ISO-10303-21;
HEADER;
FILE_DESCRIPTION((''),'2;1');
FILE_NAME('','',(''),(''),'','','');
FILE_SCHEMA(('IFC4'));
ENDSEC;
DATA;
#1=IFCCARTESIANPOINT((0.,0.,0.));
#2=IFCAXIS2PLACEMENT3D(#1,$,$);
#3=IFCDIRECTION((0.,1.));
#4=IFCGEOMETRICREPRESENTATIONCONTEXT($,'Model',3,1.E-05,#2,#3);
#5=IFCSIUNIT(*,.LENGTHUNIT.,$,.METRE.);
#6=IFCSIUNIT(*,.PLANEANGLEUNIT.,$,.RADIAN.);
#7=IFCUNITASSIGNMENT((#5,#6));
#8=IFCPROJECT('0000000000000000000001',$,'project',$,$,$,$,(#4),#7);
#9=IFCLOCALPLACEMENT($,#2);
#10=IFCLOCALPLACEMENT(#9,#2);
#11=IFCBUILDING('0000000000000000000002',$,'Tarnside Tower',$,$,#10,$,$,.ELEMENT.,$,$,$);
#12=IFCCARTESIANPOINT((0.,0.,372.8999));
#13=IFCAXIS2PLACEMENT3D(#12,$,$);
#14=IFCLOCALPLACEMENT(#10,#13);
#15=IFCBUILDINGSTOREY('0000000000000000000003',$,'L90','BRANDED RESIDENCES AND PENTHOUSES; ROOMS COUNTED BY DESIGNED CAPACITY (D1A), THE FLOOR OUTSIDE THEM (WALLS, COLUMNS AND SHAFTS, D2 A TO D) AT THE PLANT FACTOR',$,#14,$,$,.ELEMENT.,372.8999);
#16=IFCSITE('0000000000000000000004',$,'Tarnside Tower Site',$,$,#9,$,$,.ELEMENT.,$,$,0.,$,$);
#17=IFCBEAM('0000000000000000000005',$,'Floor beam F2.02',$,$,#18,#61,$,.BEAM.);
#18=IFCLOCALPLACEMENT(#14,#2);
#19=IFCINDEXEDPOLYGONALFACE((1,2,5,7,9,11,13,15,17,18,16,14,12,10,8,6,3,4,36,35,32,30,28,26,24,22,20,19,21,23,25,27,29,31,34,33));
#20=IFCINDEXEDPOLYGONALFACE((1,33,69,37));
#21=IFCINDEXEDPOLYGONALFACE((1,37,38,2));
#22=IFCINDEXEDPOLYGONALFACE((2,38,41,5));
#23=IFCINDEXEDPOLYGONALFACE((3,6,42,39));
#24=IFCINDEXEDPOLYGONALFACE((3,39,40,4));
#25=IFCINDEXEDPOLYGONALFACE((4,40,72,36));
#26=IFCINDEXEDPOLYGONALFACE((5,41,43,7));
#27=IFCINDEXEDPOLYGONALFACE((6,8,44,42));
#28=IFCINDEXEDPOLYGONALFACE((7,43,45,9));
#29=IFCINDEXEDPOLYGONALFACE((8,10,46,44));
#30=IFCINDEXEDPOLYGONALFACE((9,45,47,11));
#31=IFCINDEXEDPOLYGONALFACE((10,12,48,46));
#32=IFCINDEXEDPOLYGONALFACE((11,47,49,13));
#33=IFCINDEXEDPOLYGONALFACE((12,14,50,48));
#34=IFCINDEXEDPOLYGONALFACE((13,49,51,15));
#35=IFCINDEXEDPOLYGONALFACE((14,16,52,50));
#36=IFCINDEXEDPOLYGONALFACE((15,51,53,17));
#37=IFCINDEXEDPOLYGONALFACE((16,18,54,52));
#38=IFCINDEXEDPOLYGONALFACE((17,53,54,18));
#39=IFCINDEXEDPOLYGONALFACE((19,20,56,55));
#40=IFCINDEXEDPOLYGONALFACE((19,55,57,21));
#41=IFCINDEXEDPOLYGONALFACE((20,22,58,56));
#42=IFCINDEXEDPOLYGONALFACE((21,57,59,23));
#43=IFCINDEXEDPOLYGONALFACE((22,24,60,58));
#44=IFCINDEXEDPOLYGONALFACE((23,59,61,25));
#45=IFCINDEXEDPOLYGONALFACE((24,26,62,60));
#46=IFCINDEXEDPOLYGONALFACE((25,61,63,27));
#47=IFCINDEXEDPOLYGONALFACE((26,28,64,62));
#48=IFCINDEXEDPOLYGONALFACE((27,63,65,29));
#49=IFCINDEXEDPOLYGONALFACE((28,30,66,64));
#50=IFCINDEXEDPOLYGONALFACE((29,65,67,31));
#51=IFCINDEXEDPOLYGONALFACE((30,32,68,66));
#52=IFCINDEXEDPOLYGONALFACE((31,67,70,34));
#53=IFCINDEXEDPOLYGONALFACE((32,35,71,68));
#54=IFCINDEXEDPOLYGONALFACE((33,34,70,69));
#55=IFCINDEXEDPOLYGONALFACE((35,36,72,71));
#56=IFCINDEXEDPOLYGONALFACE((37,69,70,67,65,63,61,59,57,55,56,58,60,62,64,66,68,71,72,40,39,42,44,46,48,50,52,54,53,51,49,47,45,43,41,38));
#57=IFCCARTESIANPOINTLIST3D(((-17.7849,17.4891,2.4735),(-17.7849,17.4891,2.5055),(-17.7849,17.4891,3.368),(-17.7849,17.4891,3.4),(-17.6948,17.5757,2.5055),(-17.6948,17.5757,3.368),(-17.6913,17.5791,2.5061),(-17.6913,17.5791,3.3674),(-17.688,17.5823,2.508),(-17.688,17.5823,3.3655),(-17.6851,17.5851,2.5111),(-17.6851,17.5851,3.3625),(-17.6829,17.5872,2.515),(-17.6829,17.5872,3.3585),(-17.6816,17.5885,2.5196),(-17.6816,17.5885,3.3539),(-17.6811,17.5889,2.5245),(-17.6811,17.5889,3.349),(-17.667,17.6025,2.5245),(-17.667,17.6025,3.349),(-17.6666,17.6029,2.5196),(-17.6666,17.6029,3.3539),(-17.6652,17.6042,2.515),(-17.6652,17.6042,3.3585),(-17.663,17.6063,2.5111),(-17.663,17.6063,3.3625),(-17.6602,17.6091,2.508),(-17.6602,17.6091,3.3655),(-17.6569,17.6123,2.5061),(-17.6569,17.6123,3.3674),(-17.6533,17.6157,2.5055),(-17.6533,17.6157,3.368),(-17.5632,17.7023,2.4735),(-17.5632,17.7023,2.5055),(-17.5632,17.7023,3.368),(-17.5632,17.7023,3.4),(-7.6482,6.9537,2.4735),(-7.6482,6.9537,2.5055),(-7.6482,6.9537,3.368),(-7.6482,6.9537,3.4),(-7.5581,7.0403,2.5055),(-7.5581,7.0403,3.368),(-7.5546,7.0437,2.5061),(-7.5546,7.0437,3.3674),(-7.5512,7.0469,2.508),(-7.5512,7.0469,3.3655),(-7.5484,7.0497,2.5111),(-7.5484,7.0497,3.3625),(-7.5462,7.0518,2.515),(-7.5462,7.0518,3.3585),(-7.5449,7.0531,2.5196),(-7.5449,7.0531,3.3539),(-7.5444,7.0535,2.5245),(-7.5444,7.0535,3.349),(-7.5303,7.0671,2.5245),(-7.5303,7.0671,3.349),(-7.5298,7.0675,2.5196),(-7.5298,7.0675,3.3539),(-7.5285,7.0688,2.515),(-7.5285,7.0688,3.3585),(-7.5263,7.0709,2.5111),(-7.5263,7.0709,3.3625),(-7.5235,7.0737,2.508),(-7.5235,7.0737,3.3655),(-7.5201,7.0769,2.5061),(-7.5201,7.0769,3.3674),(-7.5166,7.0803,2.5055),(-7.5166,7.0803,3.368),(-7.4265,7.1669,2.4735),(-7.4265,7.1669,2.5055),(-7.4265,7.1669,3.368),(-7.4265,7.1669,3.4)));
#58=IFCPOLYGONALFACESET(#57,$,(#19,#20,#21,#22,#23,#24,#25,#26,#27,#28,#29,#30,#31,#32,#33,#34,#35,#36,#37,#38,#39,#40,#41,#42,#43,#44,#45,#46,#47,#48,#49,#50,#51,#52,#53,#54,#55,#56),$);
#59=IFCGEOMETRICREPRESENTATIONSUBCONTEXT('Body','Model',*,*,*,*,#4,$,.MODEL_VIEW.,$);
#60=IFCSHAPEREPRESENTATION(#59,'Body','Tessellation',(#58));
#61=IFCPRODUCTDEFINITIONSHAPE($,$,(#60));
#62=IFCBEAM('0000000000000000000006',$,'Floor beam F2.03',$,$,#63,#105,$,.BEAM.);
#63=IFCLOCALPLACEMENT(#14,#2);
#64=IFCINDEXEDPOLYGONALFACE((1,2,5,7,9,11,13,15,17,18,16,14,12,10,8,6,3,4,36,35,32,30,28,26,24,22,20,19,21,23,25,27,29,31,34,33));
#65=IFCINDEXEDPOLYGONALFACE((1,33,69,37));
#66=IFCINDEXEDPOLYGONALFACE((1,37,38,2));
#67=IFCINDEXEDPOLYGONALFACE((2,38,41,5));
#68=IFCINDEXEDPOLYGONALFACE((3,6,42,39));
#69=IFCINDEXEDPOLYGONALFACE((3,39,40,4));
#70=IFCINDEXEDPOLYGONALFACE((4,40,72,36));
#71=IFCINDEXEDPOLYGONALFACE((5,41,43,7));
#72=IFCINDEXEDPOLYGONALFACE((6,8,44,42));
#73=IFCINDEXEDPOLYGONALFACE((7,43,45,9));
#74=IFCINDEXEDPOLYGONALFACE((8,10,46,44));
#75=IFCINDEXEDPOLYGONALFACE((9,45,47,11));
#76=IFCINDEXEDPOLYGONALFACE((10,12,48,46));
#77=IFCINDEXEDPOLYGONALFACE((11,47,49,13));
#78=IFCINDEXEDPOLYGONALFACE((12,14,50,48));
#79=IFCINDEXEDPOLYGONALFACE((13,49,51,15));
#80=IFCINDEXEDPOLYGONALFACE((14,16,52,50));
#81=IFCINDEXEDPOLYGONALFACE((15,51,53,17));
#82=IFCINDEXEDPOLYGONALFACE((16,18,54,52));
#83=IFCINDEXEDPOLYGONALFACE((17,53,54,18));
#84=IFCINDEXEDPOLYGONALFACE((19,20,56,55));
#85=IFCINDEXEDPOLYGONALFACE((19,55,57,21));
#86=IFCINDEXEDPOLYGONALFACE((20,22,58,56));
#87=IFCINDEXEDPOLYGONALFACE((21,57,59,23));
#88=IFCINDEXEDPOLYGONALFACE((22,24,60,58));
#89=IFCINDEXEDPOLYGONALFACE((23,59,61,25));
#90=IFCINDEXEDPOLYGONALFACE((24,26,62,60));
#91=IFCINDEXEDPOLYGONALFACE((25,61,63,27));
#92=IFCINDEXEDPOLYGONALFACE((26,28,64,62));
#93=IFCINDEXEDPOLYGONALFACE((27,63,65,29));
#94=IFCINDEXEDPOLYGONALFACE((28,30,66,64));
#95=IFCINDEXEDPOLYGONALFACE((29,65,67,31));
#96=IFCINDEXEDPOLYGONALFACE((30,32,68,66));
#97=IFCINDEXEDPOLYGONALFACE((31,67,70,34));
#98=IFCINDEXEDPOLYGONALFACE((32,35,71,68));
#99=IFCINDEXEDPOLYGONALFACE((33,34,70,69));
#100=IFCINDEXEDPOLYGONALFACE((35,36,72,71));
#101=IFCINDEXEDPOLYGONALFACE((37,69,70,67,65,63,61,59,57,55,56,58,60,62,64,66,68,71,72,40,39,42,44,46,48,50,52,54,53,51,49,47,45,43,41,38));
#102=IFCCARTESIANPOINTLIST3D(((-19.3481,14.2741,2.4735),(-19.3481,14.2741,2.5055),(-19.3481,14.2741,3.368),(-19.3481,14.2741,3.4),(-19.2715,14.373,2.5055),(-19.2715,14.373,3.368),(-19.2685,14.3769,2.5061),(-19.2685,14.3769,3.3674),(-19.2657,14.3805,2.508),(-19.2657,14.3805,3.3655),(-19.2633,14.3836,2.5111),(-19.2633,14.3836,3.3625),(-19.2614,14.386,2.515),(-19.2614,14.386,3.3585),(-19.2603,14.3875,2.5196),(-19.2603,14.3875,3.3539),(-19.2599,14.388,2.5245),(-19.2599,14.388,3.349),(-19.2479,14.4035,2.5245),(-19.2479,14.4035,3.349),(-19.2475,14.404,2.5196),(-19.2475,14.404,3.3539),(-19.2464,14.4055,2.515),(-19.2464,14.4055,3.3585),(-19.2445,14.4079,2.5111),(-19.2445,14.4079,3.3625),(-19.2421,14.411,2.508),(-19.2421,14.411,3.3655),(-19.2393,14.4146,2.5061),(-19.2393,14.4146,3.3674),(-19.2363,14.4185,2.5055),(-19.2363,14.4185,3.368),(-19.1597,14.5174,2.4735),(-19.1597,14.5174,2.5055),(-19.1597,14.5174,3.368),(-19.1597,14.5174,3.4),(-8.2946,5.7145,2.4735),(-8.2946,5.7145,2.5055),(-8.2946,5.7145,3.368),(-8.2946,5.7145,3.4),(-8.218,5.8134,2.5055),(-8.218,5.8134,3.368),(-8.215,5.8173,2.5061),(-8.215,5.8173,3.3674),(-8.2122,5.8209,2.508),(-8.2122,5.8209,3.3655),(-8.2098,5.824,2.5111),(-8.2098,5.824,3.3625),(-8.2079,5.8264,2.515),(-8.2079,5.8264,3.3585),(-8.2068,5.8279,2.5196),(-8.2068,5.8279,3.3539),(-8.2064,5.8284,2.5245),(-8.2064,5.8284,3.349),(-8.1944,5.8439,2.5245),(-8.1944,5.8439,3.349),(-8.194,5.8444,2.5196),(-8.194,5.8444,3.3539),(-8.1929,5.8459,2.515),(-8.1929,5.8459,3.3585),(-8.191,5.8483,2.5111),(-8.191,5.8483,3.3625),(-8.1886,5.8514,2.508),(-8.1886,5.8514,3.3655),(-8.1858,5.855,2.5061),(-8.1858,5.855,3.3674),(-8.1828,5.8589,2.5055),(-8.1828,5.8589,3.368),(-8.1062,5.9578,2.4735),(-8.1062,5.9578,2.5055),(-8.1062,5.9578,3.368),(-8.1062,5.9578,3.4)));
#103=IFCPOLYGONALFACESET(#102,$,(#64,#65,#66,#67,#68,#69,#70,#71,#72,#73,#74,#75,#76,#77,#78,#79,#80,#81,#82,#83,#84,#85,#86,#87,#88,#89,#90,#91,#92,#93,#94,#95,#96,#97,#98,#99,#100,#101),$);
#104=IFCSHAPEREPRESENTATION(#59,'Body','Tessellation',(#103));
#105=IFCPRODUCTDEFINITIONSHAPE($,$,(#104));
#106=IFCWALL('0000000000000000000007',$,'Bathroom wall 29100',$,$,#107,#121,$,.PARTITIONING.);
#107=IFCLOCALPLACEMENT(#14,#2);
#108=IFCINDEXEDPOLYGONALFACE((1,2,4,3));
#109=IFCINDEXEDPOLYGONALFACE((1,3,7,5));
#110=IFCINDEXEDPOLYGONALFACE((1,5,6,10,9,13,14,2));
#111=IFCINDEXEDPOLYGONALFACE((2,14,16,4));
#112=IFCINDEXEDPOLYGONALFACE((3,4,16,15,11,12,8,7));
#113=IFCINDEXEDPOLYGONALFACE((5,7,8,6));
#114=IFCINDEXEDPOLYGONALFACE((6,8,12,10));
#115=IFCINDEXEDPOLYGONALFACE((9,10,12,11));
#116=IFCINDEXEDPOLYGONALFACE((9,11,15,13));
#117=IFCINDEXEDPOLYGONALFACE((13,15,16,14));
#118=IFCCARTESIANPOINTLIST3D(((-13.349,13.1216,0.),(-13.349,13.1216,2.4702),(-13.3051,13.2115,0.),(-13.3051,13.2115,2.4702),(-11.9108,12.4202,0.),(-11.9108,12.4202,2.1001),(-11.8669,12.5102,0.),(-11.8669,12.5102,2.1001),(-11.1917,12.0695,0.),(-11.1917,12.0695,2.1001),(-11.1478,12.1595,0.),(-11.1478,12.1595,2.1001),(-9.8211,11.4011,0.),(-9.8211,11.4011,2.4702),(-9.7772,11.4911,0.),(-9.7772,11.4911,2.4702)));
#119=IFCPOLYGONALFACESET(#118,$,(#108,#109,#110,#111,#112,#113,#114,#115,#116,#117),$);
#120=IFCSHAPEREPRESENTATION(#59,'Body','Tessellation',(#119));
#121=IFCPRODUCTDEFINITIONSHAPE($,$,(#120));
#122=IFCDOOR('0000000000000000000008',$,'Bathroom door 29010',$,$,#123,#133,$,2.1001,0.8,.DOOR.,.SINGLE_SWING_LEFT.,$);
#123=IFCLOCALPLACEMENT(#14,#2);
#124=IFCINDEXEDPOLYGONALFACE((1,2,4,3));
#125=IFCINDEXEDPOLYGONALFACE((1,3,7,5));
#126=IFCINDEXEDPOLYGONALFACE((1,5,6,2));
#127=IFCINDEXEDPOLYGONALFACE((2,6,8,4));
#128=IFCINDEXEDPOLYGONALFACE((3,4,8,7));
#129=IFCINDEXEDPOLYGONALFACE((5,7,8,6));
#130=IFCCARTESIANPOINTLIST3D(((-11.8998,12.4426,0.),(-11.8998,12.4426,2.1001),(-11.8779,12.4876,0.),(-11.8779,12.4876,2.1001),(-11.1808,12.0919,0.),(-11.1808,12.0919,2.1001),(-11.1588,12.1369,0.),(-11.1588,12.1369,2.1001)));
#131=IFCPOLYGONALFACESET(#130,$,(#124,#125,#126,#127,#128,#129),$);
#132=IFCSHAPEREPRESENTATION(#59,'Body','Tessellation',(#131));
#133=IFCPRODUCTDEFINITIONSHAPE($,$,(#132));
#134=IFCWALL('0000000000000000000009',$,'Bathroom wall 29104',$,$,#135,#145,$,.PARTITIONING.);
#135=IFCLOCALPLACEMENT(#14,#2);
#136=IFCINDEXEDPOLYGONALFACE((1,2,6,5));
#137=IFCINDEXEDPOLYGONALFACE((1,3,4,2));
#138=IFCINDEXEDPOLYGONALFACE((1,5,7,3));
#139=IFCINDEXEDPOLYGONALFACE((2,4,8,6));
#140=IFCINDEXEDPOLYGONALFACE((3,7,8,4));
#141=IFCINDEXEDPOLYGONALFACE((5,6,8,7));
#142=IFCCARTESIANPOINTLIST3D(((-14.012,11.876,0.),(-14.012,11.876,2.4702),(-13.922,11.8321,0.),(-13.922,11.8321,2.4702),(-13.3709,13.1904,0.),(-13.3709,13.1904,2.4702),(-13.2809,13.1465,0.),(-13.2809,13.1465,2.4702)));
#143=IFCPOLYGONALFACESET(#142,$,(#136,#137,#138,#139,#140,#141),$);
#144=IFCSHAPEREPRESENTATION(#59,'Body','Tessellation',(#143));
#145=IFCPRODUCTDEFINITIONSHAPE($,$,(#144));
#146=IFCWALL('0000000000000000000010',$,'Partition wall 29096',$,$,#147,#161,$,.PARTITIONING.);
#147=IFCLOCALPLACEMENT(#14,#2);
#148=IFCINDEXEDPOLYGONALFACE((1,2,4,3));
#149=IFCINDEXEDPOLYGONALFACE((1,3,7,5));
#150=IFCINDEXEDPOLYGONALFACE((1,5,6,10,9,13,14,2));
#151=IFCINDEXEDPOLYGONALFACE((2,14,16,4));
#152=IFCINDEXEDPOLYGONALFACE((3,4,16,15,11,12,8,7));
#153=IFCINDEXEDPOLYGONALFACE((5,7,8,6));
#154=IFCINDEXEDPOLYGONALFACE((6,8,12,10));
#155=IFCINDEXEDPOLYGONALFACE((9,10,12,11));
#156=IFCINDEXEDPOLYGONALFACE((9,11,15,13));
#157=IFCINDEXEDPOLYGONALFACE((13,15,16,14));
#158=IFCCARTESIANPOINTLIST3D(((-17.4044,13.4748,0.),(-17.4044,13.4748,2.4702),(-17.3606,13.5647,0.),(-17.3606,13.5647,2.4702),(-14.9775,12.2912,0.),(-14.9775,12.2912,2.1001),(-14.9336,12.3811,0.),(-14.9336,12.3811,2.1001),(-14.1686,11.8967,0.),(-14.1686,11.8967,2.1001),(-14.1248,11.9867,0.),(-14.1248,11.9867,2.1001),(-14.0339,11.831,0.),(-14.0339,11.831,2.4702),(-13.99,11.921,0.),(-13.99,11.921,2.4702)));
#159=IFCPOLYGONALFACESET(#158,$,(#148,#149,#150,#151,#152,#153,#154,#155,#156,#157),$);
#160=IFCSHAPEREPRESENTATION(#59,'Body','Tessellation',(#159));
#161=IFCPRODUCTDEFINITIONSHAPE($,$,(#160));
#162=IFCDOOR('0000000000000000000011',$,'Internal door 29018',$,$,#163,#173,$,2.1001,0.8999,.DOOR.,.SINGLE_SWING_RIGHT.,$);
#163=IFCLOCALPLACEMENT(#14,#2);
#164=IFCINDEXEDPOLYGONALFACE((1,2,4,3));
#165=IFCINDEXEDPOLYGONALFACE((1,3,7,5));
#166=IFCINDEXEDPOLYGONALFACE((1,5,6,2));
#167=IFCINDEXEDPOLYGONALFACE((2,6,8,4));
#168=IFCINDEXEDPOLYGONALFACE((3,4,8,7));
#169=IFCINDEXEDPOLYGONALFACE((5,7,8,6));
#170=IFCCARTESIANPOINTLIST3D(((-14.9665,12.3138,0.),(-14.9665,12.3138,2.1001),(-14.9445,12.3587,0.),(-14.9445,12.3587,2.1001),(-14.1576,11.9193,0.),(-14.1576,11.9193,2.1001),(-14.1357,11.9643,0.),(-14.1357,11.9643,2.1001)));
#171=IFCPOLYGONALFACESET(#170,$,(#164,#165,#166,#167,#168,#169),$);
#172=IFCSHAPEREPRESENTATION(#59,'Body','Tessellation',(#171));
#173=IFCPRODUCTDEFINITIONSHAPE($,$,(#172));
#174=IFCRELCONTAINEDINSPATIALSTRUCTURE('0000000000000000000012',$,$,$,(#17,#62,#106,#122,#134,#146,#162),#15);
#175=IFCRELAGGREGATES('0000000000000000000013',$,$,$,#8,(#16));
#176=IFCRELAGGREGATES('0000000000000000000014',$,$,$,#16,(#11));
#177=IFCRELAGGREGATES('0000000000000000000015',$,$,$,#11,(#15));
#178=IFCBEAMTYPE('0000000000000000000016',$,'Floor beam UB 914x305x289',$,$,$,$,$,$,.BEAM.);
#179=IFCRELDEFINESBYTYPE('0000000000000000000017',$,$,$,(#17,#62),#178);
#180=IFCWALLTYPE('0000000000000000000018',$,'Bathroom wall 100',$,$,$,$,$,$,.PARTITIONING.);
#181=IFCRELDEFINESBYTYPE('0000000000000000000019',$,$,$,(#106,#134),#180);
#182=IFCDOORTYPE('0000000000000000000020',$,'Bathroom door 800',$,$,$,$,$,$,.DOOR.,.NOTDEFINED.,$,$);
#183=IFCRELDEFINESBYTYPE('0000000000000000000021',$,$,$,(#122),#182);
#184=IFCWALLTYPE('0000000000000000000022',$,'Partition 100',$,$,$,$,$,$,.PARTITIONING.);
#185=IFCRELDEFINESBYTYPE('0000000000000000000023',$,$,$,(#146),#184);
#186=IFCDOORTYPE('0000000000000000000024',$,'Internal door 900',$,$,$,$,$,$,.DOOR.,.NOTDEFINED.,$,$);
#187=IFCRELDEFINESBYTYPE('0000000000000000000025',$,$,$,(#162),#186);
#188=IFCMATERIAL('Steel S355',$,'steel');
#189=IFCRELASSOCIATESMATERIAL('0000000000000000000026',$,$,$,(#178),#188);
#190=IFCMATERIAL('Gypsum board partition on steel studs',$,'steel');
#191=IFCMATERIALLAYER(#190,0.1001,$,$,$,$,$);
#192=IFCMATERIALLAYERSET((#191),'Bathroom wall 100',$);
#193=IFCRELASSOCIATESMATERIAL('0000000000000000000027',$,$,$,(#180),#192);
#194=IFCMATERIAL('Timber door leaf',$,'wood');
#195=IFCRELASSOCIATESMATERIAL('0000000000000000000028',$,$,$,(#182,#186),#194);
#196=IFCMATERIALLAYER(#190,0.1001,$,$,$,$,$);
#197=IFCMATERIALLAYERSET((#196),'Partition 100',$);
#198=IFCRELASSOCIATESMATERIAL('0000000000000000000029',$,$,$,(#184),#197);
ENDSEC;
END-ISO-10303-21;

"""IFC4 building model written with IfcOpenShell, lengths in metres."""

from ifc_helpers import new_model, si_unit, direction, frame, frame_2d, origin, origin_2d, place, context, subcontext, project, spatial, rectangle, i_section, extrude, material, layer, layer_set, material_profile, profile_set, type_object, element, fill, save


model = new_model("IFC4")

# Units and contexts
model_context = context("Model", 3, precision=1e-05, world=origin(), true_north=direction((0.0, 1.0)))
body_context = subcontext(model_context, "Body", "Model", "MODEL_VIEW")
ifc_project = project(units=[si_unit("LENGTHUNIT", "METRE"), si_unit("PLANEANGLEUNIT", "RADIAN")], contexts=[model_context])

# Site, building, storey
site_placement = place(None, origin())
site = spatial("IfcSite", under=ifc_project, at=site_placement, Name="Tarnside Tower Site", CompositionType="ELEMENT", RefElevation=0.0)
building_placement = place(site_placement, origin())
building = spatial("IfcBuilding", under=site, at=building_placement, Name="Tarnside Tower", CompositionType="ELEMENT")
storey_placement = place(building_placement, frame((0.0, 0.0, 372.8999)))
storey = spatial("IfcBuildingStorey", under=building, at=storey_placement, Name="L90", Description="BRANDED RESIDENCES AND PENTHOUSES; ROOMS COUNTED BY DESIGNED CAPACITY (D1A), THE FLOOR OUTSIDE THEM (WALLS, COLUMNS AND SHAFTS, D2 A TO D) AT THE PLANT FACTOR", CompositionType="ELEMENT", Elevation=372.8999)

# Beams
ifc_material_1 = material(Name="Steel S355", Category="steel")
ifc_material_profile = material_profile(ifc_material_1, i_section(OverallWidth=0.3076, OverallDepth=0.9265, WebThickness=0.0195, FlangeThickness=0.032, FilletRadius=0.019, at=origin_2d()), Name="UB 914x305x289")
ifc_profile_set = profile_set([ifc_material_profile], Name="Steel S355")
beam_type = type_object("IfcBeamType", Name="Floor beam UB 914x305x289", PredefinedType="BEAM", material=ifc_profile_set)
beam_1_placement = place(storey_placement, frame((-17.6741, 17.5957, 2.9368), z_axis=(0.693341, -0.72061, 0.0), x_axis=(0.72061, 0.693341, 0.0)))
element("IfcBeam", 1, at=beam_1_placement, inside=storey, type_object=beam_type, Name="Floor beam F2.02", PredefinedType="BEAM", context=body_context, shape_type="SweptSolid", body=[
    extrude(i_section(OverallWidth=0.3076, OverallDepth=0.9265, WebThickness=0.0195, FlangeThickness=0.032, FilletRadius=0.019, at=origin_2d()), origin(), (0.0, 0.0, 1.0), 14.6201),
])
beam_2_placement = place(storey_placement, frame((-19.2539, 14.3958, 2.9368), z_axis=(0.790653, -0.612265, 0.0), x_axis=(0.612265, 0.790653, 0.0)))
element("IfcBeam", 2, at=beam_2_placement, inside=storey, type_object=beam_type, Name="Floor beam F2.03", PredefinedType="BEAM", context=body_context, shape_type="SweptSolid", body=[
    extrude(i_section(OverallWidth=0.3076, OverallDepth=0.9265, WebThickness=0.0195, FlangeThickness=0.032, FilletRadius=0.019, at=origin_2d()), origin(), (0.0, 0.0, 1.0), 13.9802),
])

# Wall, opening, door
ifc_material_2 = material(Name="Gypsum board partition on steel studs", Category="steel")
ifc_layer_1 = layer(ifc_material_2, 0.1001)
ifc_layer_set_1 = layer_set([ifc_layer_1], Name="Bathroom wall 100")
wall_type_1 = type_object("IfcWallType", Name="Bathroom wall 100", PredefinedType="PARTITIONING", material=ifc_layer_set_1)
wall_1_placement = place(storey_placement, frame((-13.3269, 13.1665, 0.0), z_axis=(0.0, 0.0, 1.0), x_axis=(0.898812, -0.438334, 0.0)))
wall_1 = element("IfcWall", 3, at=wall_1_placement, inside=storey, type_object=wall_type_1, Name="Bathroom wall 29100", PredefinedType="PARTITIONING", context=body_context, shape_type="SweptSolid", body=[
    extrude(rectangle(XDim=3.925, YDim=0.1001, at=frame_2d((1.9624, 0.0))), origin(), (0.0, 0.0, 1.0), 2.4702),
])
opening_1_placement = place(wall_1_placement, frame((1.6001, 0.0, 0.0)))
opening_1 = element("IfcOpeningElement", 4, at=opening_1_placement, cuts=wall_1, PredefinedType="OPENING", context=body_context, shape_type="SweptSolid", body=[
    extrude(rectangle(XDim=0.8, YDim=2.1001, at=frame_2d((0.3999, 1.05))), frame((0.0, 0.0601, 0.0), z_axis=(0.0, -1.0, 0.0), x_axis=(1.0, 0.0, 0.0)), (0.0, 0.0, 1.0), 0.1201),
])
ifc_material_3 = material(Name="Timber door leaf", Category="wood")
door_type_1 = type_object("IfcDoorType", Name="Bathroom door 800", OperationType="NOTDEFINED", PredefinedType="DOOR", material=ifc_material_3)
door_1_placement = place(opening_1_placement, origin())
door_1 = element("IfcDoor", 5, at=door_1_placement, inside=storey, type_object=door_type_1, Name="Bathroom door 29010", OperationType="SINGLE_SWING_LEFT", OverallHeight=2.1001, OverallWidth=0.8, PredefinedType="DOOR", context=body_context, shape_type="SweptSolid", body=[
    extrude(rectangle(XDim=0.8, YDim=2.1001, at=frame_2d((0.3999, 1.05))), frame((0.0, 0.0249, 0.0), z_axis=(0.0, -1.0, 0.0), x_axis=(1.0, 0.0, 0.0)), (0.0, 0.0, 1.0), 0.05),
])
fill(opening_1, door_1)

# Wall
wall_2_placement = place(storey_placement, frame((-13.3259, 13.1685, 0.0), z_axis=(0.0, 0.0, 1.0), x_axis=(-0.438378, -0.898791, 0.0)))
element("IfcWall", 6, at=wall_2_placement, inside=storey, type_object=wall_type_1, Name="Bathroom wall 29104", PredefinedType="PARTITIONING", context=body_context, shape_type="SweptSolid", body=[
    extrude(rectangle(XDim=1.4624, YDim=0.1001, at=frame_2d((0.7312, 0.0))), origin(), (0.0, 0.0, 1.0), 2.4702),
])

# Wall, opening, door
ifc_layer_2 = layer(ifc_material_2, 0.1001)
ifc_layer_set_2 = layer_set([ifc_layer_2], Name="Partition 100")
wall_type_2 = type_object("IfcWallType", Name="Partition 100", PredefinedType="PARTITIONING", material=ifc_layer_set_2)
wall_3_placement = place(storey_placement, frame((-14.012, 11.876, 0.0), z_axis=(0.0, 0.0, 1.0), x_axis=(-0.89881, 0.438338, 0.0)))
wall_3 = element("IfcWall", 7, at=wall_3_placement, inside=storey, type_object=wall_type_2, Name="Partition wall 29096", PredefinedType="PARTITIONING", context=body_context, shape_type="SweptSolid", body=[
    extrude(rectangle(XDim=3.75, YDim=0.1001, at=frame_2d((1.875, 0.0))), origin(), (0.0, 0.0, 1.0), 2.4702),
])
opening_2_placement = place(wall_3_placement, frame((0.1499, 0.0, 0.0)))
opening_2 = element("IfcOpeningElement", 8, at=opening_2_placement, cuts=wall_3, PredefinedType="OPENING", context=body_context, shape_type="SweptSolid", body=[
    extrude(rectangle(XDim=0.8999, YDim=2.1001, at=frame_2d((0.45, 1.05))), frame((0.0, 0.0601, 0.0), z_axis=(0.0, -1.0, 0.0), x_axis=(1.0, 0.0, 0.0)), (0.0, 0.0, 1.0), 0.1201),
])
door_type_2 = type_object("IfcDoorType", Name="Internal door 900", OperationType="NOTDEFINED", PredefinedType="DOOR", material=ifc_material_3)
door_2_placement = place(opening_2_placement, origin())
door_2 = element("IfcDoor", 9, at=door_2_placement, inside=storey, type_object=door_type_2, Name="Internal door 29018", OperationType="SINGLE_SWING_RIGHT", OverallHeight=2.1001, OverallWidth=0.8999, PredefinedType="DOOR", context=body_context, shape_type="SweptSolid", body=[
    extrude(rectangle(XDim=0.8999, YDim=2.1001, at=frame_2d((0.45, 1.05))), frame((0.0, 0.0249, 0.0), z_axis=(0.0, -1.0, 0.0), x_axis=(1.0, 0.0, 0.0)), (0.0, 0.0, 1.0), 0.05),
])
fill(opening_2, door_2)

save(model, "model.ifc")
